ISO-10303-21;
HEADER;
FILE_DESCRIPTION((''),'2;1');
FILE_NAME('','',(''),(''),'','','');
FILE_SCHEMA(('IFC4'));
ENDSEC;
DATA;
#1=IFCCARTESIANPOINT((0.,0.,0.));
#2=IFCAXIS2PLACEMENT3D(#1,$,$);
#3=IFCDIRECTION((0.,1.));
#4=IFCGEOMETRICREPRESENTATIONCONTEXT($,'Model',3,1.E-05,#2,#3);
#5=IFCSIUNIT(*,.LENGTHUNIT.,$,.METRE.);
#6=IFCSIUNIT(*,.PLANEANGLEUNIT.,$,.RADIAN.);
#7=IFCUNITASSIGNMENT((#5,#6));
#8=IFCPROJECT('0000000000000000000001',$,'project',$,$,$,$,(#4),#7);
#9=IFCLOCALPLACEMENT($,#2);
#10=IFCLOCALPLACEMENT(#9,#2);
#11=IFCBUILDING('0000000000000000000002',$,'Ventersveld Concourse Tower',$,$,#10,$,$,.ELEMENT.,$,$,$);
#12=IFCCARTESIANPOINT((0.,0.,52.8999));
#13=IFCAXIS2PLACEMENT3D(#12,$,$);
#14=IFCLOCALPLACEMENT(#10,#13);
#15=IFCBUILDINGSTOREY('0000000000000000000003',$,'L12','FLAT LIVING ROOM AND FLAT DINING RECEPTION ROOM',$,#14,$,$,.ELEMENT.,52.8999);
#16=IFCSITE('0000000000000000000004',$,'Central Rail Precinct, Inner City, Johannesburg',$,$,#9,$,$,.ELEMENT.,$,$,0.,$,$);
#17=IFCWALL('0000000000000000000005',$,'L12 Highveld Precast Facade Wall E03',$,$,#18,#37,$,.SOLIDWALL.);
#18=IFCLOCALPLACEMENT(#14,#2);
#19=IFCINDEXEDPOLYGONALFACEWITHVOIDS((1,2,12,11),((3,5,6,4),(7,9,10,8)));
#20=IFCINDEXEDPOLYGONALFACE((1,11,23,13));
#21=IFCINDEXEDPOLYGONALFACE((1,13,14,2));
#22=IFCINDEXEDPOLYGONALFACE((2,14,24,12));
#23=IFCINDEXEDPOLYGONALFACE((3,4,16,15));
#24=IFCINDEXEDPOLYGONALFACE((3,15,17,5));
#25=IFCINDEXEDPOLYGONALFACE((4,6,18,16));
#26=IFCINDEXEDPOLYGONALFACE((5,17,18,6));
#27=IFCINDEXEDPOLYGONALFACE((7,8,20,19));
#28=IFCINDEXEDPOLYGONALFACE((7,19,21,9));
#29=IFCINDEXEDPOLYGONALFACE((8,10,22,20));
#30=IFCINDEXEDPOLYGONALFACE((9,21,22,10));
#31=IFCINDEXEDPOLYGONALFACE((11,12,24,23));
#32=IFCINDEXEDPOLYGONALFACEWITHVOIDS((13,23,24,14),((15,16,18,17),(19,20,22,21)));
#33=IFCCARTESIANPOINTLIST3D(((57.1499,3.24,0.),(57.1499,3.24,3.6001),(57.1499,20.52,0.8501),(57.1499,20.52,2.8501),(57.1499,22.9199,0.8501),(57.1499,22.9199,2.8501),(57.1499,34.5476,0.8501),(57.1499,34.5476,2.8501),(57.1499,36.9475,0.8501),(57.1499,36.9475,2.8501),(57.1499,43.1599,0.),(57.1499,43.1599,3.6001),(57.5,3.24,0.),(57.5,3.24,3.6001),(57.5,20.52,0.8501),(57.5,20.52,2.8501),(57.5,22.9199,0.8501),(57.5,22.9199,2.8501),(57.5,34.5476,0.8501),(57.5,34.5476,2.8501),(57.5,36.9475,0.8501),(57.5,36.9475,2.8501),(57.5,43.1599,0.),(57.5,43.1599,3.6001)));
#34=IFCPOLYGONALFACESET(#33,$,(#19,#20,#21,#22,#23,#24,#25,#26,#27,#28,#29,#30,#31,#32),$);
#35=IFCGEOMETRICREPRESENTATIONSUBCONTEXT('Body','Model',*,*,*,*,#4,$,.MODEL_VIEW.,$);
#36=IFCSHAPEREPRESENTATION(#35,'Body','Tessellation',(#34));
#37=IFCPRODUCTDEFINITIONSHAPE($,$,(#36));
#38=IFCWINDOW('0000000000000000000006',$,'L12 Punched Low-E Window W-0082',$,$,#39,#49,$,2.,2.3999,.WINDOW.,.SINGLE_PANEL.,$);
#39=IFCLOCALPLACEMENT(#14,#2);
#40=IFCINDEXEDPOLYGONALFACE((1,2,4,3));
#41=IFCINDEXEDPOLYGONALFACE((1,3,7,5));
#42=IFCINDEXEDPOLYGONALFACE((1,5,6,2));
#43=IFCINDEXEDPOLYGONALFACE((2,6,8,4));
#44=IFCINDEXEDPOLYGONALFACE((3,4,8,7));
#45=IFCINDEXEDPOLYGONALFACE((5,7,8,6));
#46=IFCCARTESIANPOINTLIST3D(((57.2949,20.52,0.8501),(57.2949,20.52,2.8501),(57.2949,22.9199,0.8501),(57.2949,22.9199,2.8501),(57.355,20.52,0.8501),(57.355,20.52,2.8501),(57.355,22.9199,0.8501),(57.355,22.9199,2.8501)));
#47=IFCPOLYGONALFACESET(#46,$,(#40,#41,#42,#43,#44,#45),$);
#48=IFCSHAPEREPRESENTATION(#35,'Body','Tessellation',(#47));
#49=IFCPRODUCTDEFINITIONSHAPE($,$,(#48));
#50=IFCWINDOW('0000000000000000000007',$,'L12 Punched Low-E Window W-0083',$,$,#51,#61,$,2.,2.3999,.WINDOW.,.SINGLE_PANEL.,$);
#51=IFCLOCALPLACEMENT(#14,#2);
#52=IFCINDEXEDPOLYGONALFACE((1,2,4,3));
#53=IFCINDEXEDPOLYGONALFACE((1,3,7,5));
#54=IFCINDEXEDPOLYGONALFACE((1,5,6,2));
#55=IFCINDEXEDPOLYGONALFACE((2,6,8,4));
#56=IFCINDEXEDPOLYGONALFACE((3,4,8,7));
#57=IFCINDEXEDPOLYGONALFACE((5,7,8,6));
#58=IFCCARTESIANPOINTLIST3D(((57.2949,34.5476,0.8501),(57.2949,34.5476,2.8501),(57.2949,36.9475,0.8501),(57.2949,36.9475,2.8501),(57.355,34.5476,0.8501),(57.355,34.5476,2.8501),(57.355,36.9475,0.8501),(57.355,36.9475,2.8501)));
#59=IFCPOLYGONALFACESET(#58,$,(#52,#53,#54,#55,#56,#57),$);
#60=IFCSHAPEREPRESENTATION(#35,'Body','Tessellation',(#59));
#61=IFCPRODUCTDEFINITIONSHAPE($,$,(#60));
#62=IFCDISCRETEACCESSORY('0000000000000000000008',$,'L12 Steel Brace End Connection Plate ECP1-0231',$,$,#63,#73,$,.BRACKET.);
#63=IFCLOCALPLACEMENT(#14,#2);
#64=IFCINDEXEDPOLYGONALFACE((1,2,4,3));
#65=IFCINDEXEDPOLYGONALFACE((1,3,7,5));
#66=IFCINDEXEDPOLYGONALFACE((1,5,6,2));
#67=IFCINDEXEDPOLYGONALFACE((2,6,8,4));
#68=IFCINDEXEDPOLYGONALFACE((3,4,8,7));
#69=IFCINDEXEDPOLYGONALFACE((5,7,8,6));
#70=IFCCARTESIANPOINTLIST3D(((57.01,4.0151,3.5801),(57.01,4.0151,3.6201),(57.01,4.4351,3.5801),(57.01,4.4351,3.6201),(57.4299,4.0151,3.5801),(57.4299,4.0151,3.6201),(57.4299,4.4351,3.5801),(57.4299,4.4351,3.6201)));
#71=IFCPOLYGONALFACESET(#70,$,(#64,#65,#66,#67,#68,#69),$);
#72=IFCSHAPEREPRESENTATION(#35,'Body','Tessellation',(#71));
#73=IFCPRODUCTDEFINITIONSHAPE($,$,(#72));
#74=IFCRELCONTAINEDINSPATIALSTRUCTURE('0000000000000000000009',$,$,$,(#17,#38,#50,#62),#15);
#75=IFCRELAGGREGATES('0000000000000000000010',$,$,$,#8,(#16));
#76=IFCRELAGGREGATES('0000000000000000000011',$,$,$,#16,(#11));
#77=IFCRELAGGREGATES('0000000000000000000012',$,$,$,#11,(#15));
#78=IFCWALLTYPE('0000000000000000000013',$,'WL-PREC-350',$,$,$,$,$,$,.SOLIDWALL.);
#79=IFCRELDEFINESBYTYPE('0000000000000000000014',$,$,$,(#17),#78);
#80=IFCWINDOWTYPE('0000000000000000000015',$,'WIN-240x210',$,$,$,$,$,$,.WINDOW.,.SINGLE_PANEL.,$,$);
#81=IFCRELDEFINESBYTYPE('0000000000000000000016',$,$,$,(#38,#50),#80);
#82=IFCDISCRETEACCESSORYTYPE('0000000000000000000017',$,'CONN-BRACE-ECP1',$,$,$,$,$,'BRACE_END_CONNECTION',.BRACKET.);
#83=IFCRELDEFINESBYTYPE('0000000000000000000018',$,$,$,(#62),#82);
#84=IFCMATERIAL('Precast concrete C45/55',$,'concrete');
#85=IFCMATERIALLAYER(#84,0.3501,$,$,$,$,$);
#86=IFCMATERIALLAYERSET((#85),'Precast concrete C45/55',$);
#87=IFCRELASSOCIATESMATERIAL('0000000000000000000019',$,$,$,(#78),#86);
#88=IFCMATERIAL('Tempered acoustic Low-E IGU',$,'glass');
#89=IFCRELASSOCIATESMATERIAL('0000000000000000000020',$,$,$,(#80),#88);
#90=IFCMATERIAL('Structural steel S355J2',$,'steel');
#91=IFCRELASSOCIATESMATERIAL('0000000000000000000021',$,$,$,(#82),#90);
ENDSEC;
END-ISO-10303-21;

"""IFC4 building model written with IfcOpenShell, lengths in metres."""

from ifc_helpers import new_model, si_unit, direction, frame, frame_2d, origin, origin_2d, place, context, subcontext, project, spatial, rectangle, extrude, material, layer, layer_set, type_object, element, fill, save


model = new_model("IFC4")

# Units and contexts
model_context = context("Model", 3, precision=1e-05, world=origin(), true_north=direction((0.0, 1.0)))
body_context = subcontext(model_context, "Body", "Model", "MODEL_VIEW")
ifc_project = project(units=[si_unit("LENGTHUNIT", "METRE"), si_unit("PLANEANGLEUNIT", "RADIAN")], contexts=[model_context])

# Site, building, storey
site_placement = place(None, origin())
site = spatial("IfcSite", under=ifc_project, at=site_placement, Name="Central Rail Precinct, Inner City, Johannesburg", CompositionType="ELEMENT", RefElevation=0.0)
building_placement = place(site_placement, origin())
building = spatial("IfcBuilding", under=site, at=building_placement, Name="Ventersveld Concourse Tower", CompositionType="ELEMENT")
storey_placement = place(building_placement, frame((0.0, 0.0, 52.8999)))
storey = spatial("IfcBuildingStorey", under=building, at=storey_placement, Name="L12", Description="FLAT LIVING ROOM AND FLAT DINING RECEPTION ROOM", CompositionType="ELEMENT", Elevation=52.8999)

# Shared definitions
ifc_material_1 = material(Name="Structural steel S355J2", Category="steel")

# Shared definitions
ifc_material_2 = material(Name="Precast concrete C45/55", Category="concrete")
ifc_layer_1 = layer(ifc_material_2, 0.3501)
ifc_layer_set_1 = layer_set([ifc_layer_1], Name="Precast concrete C45/55")
wall_type_1 = type_object("IfcWallType", Name="WL-PREC-350", PredefinedType="SOLIDWALL", material=ifc_layer_set_1)
ifc_material_3 = material(Name="Tempered acoustic Low-E IGU", Category="glass")

# Wall, openings, windows
wall_1_placement = place(storey_placement, frame((57.325, 3.24, 0.0), z_axis=(0.0, 0.0, 1.0), x_axis=(0.0, 1.0, 0.0)))
wall_1 = element("IfcWall", 1, at=wall_1_placement, inside=storey, type_object=wall_type_1, Name="L12 Highveld Precast Facade Wall E03", PredefinedType="SOLIDWALL", context=body_context, shape_type="SweptSolid", body=[
    extrude(rectangle(XDim=39.9199, YDim=0.3501, at=frame_2d((19.96, 0.0))), origin(), (0.0, 0.0, 1.0), 3.6001),
])
opening_1_placement = place(wall_1_placement, frame((17.28, 0.0, 0.8501)))
opening_1 = element("IfcOpeningElement", 2, at=opening_1_placement, cuts=wall_1, PredefinedType="OPENING", context=body_context, shape_type="SweptSolid", body=[
    extrude(rectangle(XDim=2.3999, YDim=2.0, at=frame_2d((1.2, 1.0))), frame((0.0, 0.1851, 0.0), z_axis=(0.0, -1.0, 0.0), x_axis=(1.0, 0.0, 0.0)), (0.0, 0.0, 1.0), 0.3701),
])
opening_2_placement = place(wall_1_placement, frame((31.3076, 0.0, 0.8501)))
opening_2 = element("IfcOpeningElement", 3, at=opening_2_placement, cuts=wall_1, PredefinedType="OPENING", context=body_context, shape_type="SweptSolid", body=[
    extrude(rectangle(XDim=2.3999, YDim=2.0, at=frame_2d((1.2, 1.0))), frame((0.0, 0.1851, 0.0), z_axis=(0.0, -1.0, 0.0), x_axis=(1.0, 0.0, 0.0)), (0.0, 0.0, 1.0), 0.3701),
])
window_type_1 = type_object("IfcWindowType", Name="WIN-240x210", PartitioningType="SINGLE_PANEL", PredefinedType="WINDOW", material=ifc_material_3)
window_1_placement = place(opening_1_placement, origin())
window_1 = element("IfcWindow", 4, at=window_1_placement, inside=storey, type_object=window_type_1, Name="L12 Punched Low-E Window W-0082", OverallHeight=2.0, OverallWidth=2.3999, PartitioningType="SINGLE_PANEL", PredefinedType="WINDOW", context=body_context, shape_type="SweptSolid", body=[
    extrude(rectangle(XDim=2.3999, YDim=2.0, at=frame_2d((1.2, 1.0))), frame((0.0, 0.03, 0.0), z_axis=(0.0, -1.0, 0.0), x_axis=(1.0, 0.0, 0.0)), (0.0, 0.0, 1.0), 0.0601),
])
fill(opening_1, window_1)
window_2_placement = place(opening_2_placement, origin())
window_2 = element("IfcWindow", 5, at=window_2_placement, inside=storey, type_object=window_type_1, Name="L12 Punched Low-E Window W-0083", OverallHeight=2.0, OverallWidth=2.3999, PartitioningType="SINGLE_PANEL", PredefinedType="WINDOW", context=body_context, shape_type="SweptSolid", body=[
    extrude(rectangle(XDim=2.3999, YDim=2.0, at=frame_2d((1.2, 1.0))), frame((0.0, 0.03, 0.0), z_axis=(0.0, -1.0, 0.0), x_axis=(1.0, 0.0, 0.0)), (0.0, 0.0, 1.0), 0.0601),
])
fill(opening_2, window_2)

# Discrete accessory
discrete_accessory_type = type_object("IfcDiscreteAccessoryType", Name="CONN-BRACE-ECP1", ElementType="BRACE_END_CONNECTION", PredefinedType="BRACKET", material=ifc_material_1)
discrete_accessory_placement = place(storey_placement, frame((57.22, 4.2251, 3.5801), z_axis=(0.0, 0.0, 1.0), x_axis=(1.0, 0.0, 0.0)))
element("IfcDiscreteAccessory", 6, at=discrete_accessory_placement, inside=storey, type_object=discrete_accessory_type, Name="L12 Steel Brace End Connection Plate ECP1-0231", PredefinedType="BRACKET", context=body_context, shape_type="SweptSolid", body=[
    extrude(rectangle(XDim=0.4199, YDim=0.4199, at=origin_2d()), origin(), (0.0, 0.0, 1.0), 0.04),
])

save(model, "model.ifc")
